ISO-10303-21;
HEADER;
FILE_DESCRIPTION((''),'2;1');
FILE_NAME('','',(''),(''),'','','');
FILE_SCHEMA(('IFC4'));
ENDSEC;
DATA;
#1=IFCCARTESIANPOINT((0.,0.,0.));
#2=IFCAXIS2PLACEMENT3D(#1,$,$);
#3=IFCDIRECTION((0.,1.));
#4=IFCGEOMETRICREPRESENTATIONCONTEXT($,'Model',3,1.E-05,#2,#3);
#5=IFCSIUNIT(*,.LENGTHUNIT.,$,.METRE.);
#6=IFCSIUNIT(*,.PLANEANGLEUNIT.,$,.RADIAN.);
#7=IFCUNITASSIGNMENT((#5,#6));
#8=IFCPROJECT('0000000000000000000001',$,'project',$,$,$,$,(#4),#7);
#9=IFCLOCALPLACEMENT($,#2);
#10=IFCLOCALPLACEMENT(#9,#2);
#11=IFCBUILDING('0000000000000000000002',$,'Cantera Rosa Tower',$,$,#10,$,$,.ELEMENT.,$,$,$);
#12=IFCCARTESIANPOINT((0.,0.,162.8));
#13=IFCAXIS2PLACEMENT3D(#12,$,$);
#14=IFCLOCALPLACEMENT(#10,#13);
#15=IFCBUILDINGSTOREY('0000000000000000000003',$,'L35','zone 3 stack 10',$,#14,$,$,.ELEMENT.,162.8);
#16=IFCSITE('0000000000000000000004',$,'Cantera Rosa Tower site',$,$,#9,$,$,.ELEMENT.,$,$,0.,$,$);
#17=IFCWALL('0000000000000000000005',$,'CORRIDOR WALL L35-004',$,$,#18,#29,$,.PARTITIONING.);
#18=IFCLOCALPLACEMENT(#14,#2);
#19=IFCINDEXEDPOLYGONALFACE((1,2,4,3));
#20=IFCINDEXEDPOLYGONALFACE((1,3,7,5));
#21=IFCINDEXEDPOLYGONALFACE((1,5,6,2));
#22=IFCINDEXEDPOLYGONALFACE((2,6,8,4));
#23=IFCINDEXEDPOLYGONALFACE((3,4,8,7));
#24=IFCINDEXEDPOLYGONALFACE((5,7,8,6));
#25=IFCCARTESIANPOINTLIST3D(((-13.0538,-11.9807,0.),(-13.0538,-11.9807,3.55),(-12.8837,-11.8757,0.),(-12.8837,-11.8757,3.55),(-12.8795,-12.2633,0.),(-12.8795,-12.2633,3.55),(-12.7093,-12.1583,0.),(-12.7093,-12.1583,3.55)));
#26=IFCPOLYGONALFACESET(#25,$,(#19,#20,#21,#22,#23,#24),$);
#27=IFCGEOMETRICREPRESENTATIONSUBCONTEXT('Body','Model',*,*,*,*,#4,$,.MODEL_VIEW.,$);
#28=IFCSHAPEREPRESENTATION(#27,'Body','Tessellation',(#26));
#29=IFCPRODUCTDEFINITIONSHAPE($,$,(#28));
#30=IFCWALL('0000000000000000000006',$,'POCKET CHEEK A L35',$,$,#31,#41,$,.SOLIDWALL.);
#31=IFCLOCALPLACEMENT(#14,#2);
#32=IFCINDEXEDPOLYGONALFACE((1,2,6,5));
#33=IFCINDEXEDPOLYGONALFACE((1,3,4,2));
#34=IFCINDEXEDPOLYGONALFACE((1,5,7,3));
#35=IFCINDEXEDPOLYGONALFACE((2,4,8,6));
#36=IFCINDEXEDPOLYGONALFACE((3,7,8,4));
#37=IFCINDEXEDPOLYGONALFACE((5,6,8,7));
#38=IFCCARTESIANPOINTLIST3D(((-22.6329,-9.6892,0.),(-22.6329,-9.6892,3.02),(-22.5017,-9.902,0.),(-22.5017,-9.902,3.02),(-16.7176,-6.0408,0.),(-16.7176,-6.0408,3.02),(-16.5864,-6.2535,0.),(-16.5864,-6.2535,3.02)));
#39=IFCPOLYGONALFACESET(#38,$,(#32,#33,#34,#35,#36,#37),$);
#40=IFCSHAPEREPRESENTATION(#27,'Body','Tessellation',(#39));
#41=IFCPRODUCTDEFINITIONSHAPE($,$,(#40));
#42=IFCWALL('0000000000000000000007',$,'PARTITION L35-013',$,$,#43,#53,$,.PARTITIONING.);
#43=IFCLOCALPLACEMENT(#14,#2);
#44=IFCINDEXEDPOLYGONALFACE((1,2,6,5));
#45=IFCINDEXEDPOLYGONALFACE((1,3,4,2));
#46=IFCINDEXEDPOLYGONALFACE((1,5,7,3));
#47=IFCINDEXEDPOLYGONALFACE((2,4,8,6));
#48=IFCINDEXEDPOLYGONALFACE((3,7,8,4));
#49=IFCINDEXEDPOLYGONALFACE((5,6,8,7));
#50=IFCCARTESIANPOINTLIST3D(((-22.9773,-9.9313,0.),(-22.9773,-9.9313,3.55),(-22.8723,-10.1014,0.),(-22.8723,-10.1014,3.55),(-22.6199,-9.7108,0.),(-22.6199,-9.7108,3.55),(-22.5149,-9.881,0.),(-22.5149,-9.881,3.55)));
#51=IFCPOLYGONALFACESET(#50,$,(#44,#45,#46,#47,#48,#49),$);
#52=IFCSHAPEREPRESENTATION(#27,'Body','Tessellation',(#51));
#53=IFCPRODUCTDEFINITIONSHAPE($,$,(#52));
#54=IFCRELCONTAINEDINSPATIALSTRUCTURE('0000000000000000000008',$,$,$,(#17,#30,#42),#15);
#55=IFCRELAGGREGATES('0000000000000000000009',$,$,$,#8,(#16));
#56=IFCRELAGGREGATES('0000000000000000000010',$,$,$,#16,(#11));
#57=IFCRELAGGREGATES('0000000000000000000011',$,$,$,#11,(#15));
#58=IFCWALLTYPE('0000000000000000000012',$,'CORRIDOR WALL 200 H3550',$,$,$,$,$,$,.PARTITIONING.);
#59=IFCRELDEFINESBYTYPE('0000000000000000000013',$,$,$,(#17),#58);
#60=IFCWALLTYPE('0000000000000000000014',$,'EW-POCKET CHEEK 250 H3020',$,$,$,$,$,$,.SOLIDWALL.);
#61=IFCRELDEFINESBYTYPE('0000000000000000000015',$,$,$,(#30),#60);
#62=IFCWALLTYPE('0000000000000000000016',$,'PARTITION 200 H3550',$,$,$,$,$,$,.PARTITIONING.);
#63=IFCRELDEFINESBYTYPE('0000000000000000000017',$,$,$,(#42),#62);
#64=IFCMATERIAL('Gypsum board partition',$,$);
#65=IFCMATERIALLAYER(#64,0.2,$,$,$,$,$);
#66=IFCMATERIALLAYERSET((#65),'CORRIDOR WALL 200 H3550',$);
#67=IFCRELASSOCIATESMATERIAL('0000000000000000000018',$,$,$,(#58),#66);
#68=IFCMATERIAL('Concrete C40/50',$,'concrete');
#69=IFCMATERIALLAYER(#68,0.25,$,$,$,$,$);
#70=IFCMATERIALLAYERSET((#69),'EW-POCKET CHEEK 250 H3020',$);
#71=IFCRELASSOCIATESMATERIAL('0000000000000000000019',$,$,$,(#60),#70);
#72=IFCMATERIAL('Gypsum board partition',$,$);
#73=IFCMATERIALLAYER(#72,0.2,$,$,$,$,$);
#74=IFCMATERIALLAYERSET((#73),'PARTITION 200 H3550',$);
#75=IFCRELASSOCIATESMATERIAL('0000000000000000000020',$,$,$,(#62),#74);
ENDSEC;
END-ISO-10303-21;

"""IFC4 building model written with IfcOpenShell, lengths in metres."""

from ifc_helpers import new_model, si_unit, direction, frame, frame_2d, origin, place, context, subcontext, project, spatial, rectangle, extrude, material, layer, layer_set, type_object, element, save


model = new_model("IFC4")

# Units and contexts
model_context = context("Model", 3, precision=1e-05, world=origin(), true_north=direction((0.0, 1.0)))
body_context = subcontext(model_context, "Body", "Model", "MODEL_VIEW")
ifc_project = project(units=[si_unit("LENGTHUNIT", "METRE"), si_unit("PLANEANGLEUNIT", "RADIAN")], contexts=[model_context])

# Site, building, storey
site_placement = place(None, origin())
site = spatial("IfcSite", under=ifc_project, at=site_placement, Name="Cantera Rosa Tower site", CompositionType="ELEMENT", RefElevation=0.0)
building_placement = place(site_placement, origin())
building = spatial("IfcBuilding", under=site, at=building_placement, Name="Cantera Rosa Tower", CompositionType="ELEMENT")
storey_placement = place(building_placement, frame((0.0, 0.0, 162.8)))
storey = spatial("IfcBuildingStorey", under=building, at=storey_placement, Name="L35", Description="zone 3 stack 10", CompositionType="ELEMENT", Elevation=162.8)

# Walls
ifc_material_1 = material(Name="Gypsum board partition")
ifc_layer_1 = layer(ifc_material_1, 0.2)
ifc_layer_set_1 = layer_set([ifc_layer_1], Name="CORRIDOR WALL 200 H3550")
wall_type_1 = type_object("IfcWallType", Name="CORRIDOR WALL 200 H3550", PredefinedType="PARTITIONING", material=ifc_layer_set_1)
wall_1_placement = place(storey_placement, frame((-12.9688, -11.9282, 0.0), z_axis=(0.0, 0.0, 1.0), x_axis=(0.525164, -0.851001, 0.0)))
element("IfcWall", 1, at=wall_1_placement, inside=storey, type_object=wall_type_1, Name="CORRIDOR WALL L35-004", PredefinedType="PARTITIONING", context=body_context, shape_type="SweptSolid", body=[
    extrude(rectangle(XDim=0.332, YDim=0.2, at=frame_2d((0.166, 0.0))), origin(), (0.0, 0.0, 1.0), 3.55),
])
ifc_material_2 = material(Name="Concrete C40/50", Category="concrete")
ifc_layer_2 = layer(ifc_material_2, 0.25)
ifc_layer_set_2 = layer_set([ifc_layer_2], Name="EW-POCKET CHEEK 250 H3020")
wall_type_2 = type_object("IfcWallType", Name="EW-POCKET CHEEK 250 H3020", PredefinedType="SOLIDWALL", material=ifc_layer_set_2)
wall_2_placement = place(storey_placement, frame((-22.5674, -9.7957, 0.0), z_axis=(0.0, 0.0, 1.0), x_axis=(0.851127, 0.52496, 0.0)))
element("IfcWall", 2, at=wall_2_placement, inside=storey, type_object=wall_type_2, Name="POCKET CHEEK A L35", PredefinedType="SOLIDWALL", context=body_context, shape_type="SweptSolid", body=[
    extrude(rectangle(XDim=6.95, YDim=0.25, at=frame_2d((3.4751, 0.0))), origin(), (0.0, 0.0, 1.0), 3.02),
])
ifc_material_3 = material(Name="Gypsum board partition")
ifc_layer_3 = layer(ifc_material_3, 0.2)
ifc_layer_set_3 = layer_set([ifc_layer_3], Name="PARTITION 200 H3550")
wall_type_3 = type_object("IfcWallType", Name="PARTITION 200 H3550", PredefinedType="PARTITIONING", material=ifc_layer_set_3)
wall_3_placement = place(storey_placement, frame((-22.5674, -9.7959, 0.0), z_axis=(0.0, 0.0, 1.0), x_axis=(-0.851119, -0.524973, 0.0)))
element("IfcWall", 3, at=wall_3_placement, inside=storey, type_object=wall_type_3, Name="PARTITION L35-013", PredefinedType="PARTITIONING", context=body_context, shape_type="SweptSolid", body=[
    extrude(rectangle(XDim=0.4199, YDim=0.2, at=frame_2d((0.21, 0.0))), origin(), (0.0, 0.0, 1.0), 3.55),
])

save(model, "model.ifc")
